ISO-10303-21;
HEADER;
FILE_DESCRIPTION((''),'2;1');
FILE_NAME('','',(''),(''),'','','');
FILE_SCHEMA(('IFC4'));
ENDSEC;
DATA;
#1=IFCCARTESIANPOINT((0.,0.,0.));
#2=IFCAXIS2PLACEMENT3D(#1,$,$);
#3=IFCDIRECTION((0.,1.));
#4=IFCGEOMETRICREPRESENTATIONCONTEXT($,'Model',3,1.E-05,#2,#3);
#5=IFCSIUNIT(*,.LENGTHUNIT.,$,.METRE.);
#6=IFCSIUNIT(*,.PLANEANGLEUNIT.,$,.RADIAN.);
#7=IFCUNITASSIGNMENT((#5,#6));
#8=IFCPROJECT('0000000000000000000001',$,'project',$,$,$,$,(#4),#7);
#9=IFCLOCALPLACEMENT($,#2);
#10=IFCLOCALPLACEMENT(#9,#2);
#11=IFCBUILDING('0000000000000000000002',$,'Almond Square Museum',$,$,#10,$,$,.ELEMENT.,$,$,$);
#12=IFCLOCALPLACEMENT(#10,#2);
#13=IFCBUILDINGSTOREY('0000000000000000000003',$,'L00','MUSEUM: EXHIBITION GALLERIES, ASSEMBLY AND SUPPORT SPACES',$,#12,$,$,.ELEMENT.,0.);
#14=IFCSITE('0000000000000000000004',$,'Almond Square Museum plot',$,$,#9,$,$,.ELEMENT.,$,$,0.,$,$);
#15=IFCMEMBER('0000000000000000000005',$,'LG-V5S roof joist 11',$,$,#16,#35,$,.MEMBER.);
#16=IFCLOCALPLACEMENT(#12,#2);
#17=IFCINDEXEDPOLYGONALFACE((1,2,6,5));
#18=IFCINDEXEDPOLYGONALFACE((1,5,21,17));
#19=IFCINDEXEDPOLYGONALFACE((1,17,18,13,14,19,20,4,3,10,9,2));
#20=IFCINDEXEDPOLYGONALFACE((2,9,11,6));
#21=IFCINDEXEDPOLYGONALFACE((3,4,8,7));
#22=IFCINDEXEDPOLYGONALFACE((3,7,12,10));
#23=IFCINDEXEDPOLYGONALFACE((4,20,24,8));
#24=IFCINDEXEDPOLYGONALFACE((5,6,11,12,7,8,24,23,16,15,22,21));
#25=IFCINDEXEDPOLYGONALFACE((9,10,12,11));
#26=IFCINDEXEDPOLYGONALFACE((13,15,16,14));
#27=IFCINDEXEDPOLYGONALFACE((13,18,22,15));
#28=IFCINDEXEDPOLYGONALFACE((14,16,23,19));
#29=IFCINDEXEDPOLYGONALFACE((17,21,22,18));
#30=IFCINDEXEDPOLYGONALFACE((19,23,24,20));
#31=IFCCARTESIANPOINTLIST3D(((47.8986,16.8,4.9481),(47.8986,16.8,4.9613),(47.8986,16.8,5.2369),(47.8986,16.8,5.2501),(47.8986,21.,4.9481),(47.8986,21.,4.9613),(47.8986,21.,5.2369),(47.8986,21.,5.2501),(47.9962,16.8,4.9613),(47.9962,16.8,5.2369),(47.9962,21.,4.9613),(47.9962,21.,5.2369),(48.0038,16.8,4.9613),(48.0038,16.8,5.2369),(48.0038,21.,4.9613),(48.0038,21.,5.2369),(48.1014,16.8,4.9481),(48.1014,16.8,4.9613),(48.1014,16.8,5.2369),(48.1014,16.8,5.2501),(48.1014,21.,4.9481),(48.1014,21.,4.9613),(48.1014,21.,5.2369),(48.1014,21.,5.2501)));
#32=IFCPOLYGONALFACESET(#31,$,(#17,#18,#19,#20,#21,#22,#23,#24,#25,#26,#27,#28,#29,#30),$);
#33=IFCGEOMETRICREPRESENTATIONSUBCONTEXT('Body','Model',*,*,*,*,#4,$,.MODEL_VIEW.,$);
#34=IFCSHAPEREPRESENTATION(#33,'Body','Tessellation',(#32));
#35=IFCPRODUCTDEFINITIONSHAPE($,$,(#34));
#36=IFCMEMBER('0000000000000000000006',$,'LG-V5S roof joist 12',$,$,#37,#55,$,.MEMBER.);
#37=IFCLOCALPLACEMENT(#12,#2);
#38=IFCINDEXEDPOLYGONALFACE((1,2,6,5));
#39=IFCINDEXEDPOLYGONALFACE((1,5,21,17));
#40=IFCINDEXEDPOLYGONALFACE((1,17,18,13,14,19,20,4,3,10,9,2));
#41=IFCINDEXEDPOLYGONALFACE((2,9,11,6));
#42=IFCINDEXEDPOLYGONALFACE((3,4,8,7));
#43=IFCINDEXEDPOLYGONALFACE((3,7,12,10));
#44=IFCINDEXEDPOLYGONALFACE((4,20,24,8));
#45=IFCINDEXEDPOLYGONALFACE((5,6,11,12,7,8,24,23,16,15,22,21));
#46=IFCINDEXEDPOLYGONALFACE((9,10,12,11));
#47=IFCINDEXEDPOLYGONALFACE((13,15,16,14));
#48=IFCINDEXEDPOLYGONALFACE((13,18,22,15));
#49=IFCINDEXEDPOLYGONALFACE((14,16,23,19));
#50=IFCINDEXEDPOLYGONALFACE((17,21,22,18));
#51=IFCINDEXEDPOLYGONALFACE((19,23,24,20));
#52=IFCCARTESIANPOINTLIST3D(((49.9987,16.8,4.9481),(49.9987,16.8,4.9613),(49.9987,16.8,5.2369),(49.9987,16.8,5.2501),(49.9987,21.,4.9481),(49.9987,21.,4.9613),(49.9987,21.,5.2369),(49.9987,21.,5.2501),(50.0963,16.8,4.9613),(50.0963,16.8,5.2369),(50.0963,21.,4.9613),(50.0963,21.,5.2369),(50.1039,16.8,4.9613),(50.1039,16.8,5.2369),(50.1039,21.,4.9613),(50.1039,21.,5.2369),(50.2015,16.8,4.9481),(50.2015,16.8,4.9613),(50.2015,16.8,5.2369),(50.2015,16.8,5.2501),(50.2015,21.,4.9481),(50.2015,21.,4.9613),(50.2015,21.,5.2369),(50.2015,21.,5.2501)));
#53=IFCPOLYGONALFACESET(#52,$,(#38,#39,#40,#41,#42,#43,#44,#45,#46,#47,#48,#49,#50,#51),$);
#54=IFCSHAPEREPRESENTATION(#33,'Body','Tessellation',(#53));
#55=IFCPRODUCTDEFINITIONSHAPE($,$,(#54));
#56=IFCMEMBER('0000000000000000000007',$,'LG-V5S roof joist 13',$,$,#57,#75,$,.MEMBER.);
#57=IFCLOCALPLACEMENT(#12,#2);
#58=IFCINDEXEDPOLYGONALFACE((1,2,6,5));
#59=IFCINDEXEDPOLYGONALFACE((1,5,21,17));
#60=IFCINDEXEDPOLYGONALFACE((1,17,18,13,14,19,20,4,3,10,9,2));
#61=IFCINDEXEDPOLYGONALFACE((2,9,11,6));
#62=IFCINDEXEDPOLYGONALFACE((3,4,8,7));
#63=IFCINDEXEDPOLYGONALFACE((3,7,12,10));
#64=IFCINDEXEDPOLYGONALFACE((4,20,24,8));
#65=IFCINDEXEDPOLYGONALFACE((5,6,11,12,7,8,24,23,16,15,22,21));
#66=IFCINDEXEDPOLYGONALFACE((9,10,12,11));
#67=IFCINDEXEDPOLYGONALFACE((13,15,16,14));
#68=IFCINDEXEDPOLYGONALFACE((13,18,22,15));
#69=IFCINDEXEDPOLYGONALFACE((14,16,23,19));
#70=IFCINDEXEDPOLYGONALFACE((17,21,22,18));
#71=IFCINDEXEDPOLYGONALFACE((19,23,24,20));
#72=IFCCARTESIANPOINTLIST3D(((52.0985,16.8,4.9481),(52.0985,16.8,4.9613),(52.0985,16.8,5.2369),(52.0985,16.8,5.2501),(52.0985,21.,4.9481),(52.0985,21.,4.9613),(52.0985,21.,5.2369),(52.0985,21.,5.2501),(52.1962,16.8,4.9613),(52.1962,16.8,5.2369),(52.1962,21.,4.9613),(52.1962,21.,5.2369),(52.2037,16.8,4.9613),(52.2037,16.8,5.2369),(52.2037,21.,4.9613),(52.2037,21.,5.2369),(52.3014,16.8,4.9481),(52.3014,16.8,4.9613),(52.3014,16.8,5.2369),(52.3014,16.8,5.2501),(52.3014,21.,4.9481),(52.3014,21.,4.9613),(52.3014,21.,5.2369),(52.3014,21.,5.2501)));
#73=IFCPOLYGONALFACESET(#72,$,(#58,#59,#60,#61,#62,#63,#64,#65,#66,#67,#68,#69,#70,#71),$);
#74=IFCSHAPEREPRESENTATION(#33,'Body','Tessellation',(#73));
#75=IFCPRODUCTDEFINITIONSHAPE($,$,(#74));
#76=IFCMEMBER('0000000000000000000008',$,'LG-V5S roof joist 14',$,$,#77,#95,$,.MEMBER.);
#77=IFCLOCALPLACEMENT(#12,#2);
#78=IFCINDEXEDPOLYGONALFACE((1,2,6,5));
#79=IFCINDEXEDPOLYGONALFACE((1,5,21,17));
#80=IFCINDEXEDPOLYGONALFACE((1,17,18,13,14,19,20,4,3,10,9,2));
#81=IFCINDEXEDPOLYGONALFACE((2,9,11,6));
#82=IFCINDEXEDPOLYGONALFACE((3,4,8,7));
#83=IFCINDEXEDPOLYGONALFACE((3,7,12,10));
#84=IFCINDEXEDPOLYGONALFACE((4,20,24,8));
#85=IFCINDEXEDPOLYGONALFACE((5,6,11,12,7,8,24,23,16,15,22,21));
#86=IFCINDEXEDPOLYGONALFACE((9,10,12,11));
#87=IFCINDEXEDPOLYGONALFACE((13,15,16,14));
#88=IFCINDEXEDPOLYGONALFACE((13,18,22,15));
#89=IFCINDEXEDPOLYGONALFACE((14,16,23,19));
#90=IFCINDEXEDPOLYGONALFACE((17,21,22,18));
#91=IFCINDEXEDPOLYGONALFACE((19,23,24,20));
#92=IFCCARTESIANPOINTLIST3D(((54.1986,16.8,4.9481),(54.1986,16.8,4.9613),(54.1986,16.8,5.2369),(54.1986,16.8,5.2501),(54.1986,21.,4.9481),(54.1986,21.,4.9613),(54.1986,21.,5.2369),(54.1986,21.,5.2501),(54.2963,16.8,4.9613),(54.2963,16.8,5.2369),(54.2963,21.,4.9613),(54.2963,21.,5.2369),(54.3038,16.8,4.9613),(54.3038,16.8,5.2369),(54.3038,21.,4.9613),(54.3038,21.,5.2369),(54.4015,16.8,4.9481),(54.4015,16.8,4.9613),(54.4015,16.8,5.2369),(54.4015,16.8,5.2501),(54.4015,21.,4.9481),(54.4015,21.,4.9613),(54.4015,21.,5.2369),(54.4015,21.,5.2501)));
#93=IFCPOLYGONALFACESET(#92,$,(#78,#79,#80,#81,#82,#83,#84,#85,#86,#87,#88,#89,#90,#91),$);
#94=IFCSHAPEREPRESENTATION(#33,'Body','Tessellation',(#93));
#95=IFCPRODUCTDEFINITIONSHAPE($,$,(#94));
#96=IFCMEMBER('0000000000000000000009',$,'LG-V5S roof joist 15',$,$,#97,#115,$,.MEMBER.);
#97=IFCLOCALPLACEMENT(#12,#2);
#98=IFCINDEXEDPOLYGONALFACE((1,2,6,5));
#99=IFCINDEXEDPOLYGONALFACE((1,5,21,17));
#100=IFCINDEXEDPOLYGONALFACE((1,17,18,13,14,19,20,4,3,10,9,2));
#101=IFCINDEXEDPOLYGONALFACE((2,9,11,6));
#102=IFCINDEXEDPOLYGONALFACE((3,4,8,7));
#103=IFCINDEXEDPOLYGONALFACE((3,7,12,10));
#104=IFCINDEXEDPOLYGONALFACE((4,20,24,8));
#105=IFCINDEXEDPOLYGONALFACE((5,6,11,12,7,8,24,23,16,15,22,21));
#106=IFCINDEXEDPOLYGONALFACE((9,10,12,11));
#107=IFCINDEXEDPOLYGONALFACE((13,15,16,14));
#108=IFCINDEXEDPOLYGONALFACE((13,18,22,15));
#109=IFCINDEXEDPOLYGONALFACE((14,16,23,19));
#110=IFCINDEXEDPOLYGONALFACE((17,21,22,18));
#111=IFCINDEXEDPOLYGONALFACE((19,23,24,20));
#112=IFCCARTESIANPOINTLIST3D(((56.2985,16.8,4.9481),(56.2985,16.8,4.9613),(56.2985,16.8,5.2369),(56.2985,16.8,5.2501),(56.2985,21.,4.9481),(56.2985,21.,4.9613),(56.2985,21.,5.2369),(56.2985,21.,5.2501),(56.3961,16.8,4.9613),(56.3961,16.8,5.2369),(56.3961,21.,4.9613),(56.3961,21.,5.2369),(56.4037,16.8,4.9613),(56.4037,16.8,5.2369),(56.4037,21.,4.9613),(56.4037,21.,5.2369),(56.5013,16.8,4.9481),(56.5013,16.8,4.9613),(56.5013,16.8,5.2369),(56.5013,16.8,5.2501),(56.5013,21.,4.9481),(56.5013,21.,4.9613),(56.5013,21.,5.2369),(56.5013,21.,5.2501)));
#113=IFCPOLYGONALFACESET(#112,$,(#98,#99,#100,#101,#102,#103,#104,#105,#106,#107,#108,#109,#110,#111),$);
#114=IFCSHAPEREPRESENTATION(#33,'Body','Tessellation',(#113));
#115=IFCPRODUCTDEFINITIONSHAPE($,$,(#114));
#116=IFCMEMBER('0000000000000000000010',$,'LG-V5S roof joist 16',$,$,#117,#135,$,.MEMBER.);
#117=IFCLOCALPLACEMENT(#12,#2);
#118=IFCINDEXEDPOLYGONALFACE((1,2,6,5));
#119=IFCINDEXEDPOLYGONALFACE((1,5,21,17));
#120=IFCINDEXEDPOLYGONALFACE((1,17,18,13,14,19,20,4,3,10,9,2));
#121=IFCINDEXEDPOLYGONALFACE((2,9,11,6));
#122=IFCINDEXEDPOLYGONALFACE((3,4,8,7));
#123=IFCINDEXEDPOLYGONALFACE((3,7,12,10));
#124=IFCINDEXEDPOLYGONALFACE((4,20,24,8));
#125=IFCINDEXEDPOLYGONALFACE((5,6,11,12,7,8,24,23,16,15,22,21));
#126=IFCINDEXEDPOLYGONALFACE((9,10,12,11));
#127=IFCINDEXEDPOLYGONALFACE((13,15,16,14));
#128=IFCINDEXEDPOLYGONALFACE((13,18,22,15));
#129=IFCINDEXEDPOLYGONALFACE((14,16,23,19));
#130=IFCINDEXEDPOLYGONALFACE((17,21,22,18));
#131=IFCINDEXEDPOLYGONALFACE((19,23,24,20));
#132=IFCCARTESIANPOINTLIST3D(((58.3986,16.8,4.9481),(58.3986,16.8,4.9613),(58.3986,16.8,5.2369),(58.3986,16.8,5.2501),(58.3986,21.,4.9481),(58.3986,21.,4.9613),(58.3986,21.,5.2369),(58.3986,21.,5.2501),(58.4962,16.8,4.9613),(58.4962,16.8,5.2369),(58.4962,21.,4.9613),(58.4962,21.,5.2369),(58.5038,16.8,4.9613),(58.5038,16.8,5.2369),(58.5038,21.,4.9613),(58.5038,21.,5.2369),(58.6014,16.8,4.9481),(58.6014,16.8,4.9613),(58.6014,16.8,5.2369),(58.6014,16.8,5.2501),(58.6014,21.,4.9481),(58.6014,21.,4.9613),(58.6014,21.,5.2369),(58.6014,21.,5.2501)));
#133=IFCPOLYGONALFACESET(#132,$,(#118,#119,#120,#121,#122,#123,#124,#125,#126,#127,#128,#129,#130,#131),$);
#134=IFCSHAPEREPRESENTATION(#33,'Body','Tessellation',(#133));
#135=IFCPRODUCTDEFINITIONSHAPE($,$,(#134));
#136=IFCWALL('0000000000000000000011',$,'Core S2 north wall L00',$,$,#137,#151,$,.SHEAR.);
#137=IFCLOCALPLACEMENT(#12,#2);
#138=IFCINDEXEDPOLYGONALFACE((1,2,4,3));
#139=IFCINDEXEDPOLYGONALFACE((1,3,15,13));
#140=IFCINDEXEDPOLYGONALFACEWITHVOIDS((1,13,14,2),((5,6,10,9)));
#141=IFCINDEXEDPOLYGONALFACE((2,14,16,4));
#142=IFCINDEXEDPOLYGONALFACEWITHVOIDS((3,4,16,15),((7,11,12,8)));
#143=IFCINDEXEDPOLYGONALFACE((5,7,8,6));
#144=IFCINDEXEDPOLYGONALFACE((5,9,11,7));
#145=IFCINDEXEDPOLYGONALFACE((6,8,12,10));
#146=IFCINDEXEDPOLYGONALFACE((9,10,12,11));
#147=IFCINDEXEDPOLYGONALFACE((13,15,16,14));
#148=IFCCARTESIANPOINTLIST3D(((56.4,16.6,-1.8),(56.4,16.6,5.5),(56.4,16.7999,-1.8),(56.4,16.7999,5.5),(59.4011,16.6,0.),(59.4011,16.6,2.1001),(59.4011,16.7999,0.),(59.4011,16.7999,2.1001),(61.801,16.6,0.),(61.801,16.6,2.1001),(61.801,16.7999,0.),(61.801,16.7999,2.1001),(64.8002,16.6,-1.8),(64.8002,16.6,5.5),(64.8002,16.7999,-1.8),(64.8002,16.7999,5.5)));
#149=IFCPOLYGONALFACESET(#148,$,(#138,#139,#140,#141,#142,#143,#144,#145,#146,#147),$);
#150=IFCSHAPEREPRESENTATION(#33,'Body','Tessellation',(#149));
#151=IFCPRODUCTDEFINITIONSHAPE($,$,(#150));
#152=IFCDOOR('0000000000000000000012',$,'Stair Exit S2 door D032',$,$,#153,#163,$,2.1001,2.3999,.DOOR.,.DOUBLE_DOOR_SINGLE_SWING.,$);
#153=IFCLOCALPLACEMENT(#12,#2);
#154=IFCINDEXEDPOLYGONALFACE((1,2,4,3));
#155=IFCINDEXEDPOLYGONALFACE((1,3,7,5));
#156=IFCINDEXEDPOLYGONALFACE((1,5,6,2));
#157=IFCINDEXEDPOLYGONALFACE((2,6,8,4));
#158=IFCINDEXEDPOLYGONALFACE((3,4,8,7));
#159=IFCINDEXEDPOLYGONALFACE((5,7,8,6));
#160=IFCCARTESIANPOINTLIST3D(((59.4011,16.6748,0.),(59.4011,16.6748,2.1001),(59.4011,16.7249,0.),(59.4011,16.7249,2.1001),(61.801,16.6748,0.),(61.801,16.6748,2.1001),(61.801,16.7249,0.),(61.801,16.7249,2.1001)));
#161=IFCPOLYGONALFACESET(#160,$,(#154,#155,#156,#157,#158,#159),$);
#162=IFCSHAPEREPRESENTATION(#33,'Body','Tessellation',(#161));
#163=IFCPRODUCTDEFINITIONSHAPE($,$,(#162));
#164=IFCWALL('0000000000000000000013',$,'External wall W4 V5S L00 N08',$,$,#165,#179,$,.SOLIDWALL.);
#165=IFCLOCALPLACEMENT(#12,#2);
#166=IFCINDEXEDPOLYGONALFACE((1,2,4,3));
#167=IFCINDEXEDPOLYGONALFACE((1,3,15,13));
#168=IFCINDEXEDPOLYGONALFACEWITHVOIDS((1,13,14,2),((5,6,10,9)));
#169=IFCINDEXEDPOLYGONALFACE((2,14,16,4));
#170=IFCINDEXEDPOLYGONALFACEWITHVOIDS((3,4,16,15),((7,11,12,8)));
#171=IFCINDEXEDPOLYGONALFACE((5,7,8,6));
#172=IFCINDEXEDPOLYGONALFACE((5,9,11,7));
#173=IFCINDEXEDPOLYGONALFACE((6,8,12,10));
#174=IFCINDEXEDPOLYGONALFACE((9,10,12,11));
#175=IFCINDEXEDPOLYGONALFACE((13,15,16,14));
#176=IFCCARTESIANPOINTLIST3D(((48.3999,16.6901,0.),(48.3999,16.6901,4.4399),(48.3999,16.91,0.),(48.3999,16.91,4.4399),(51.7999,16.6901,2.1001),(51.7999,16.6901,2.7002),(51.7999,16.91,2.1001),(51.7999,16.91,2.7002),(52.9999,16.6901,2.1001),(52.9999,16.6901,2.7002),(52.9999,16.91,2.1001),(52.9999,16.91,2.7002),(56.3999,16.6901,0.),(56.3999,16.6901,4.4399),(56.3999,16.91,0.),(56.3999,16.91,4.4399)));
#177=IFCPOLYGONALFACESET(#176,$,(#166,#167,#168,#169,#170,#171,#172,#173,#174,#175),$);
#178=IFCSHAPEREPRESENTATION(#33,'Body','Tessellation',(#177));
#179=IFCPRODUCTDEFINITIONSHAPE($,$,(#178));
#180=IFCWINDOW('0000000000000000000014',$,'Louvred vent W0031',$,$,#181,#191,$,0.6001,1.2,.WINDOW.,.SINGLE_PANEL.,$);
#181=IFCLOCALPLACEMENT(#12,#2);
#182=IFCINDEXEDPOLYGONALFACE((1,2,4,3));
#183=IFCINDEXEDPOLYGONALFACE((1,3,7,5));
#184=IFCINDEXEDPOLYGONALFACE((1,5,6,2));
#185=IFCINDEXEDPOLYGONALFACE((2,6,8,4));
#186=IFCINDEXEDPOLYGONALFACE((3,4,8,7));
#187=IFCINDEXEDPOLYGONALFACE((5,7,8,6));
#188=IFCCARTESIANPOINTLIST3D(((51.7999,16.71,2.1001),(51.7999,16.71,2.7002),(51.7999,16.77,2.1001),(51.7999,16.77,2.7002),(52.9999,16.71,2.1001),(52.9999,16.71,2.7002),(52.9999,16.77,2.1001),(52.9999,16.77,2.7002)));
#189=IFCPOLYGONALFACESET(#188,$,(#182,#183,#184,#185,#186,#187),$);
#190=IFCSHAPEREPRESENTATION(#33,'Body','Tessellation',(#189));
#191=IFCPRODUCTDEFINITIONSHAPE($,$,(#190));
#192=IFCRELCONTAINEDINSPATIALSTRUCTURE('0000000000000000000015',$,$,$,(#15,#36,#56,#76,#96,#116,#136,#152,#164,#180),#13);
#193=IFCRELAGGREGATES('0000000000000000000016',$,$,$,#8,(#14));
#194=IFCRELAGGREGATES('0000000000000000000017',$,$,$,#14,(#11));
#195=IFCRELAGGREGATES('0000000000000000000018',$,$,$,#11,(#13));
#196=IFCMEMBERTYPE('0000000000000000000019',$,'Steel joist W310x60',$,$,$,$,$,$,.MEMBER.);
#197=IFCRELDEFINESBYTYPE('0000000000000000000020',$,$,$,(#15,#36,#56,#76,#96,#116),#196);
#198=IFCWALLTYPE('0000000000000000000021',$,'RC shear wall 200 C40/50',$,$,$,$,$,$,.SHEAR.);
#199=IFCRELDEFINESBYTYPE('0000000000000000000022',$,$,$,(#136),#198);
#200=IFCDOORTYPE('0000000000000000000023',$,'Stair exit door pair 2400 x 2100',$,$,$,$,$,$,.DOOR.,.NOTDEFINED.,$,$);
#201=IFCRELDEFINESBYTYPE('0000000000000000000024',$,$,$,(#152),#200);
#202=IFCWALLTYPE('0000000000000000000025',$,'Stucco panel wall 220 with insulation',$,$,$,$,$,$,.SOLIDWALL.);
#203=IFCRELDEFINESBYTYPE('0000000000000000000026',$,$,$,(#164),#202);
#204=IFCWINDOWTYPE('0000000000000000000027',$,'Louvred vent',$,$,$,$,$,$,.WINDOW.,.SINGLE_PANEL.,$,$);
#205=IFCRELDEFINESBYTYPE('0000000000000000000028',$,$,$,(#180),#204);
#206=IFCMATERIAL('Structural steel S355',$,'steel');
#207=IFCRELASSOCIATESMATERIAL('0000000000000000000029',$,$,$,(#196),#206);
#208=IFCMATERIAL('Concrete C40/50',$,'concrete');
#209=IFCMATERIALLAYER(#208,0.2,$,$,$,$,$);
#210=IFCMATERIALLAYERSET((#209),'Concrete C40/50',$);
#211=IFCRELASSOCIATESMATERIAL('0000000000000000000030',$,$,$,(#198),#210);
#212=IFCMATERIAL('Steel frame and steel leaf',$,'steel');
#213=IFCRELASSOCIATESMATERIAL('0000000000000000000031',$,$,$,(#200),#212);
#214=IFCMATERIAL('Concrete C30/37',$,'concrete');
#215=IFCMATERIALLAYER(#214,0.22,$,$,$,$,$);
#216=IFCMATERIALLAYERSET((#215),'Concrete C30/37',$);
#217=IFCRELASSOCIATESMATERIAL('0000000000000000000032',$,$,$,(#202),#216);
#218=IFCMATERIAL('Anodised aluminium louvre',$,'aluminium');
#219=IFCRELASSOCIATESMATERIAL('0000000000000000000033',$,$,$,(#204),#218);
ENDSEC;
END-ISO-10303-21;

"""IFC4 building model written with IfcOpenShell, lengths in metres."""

from ifc_helpers import new_model, si_unit, direction, frame, frame_2d, origin, origin_2d, place, context, subcontext, project, spatial, rectangle, i_section, extrude, material, layer, layer_set, material_profile, profile_set, type_object, element, fill, save


model = new_model("IFC4")

# Units and contexts
model_context = context("Model", 3, precision=1e-05, world=origin(), true_north=direction((0.0, 1.0)))
body_context = subcontext(model_context, "Body", "Model", "MODEL_VIEW")
ifc_project = project(units=[si_unit("LENGTHUNIT", "METRE"), si_unit("PLANEANGLEUNIT", "RADIAN")], contexts=[model_context])

# Site, building, storey
site_placement = place(None, origin())
site = spatial("IfcSite", under=ifc_project, at=site_placement, Name="Almond Square Museum plot", CompositionType="ELEMENT", RefElevation=0.0)
building_placement = place(site_placement, origin())
building = spatial("IfcBuilding", under=site, at=building_placement, Name="Almond Square Museum", CompositionType="ELEMENT")
storey_placement = place(building_placement, origin())
storey = spatial("IfcBuildingStorey", under=building, at=storey_placement, Name="L00", Description="MUSEUM: EXHIBITION GALLERIES, ASSEMBLY AND SUPPORT SPACES", CompositionType="ELEMENT", Elevation=0.0)

# Members
ifc_material_1 = material(Name="Structural steel S355", Category="steel")
ifc_material_profile_1 = material_profile(ifc_material_1, i_section(OverallWidth=0.2029, OverallDepth=0.302, WebThickness=0.0076, FlangeThickness=0.0132, at=origin_2d()))
ifc_profile_set_1 = profile_set([ifc_material_profile_1], Name="Structural steel S355")
member_type = type_object("IfcMemberType", Name="Steel joist W310x60", PredefinedType="MEMBER", material=ifc_profile_set_1)
for number, where, z_axis, x_axis, name in (
    (1, (48.0, 16.8, 5.0991), (0.0, 1.0, 0.0), (-1.0, 0.0, 0.0), "LG-V5S roof joist 11"),
    (2, (50.1001, 16.8, 5.0991), (0.0, 1.0, 0.0), (-1.0, 0.0, 0.0), "LG-V5S roof joist 12"),
    (3, (52.2, 16.8, 5.0991), (0.0, 1.0, 0.0), (-1.0, 0.0, 0.0), "LG-V5S roof joist 13"),
    (4, (54.3, 16.8, 5.0991), (0.0, 1.0, 0.0), (-1.0, 0.0, 0.0), "LG-V5S roof joist 14"),
    (5, (56.3999, 16.8, 5.0991), (0.0, 1.0, 0.0), (-1.0, 0.0, 0.0), "LG-V5S roof joist 15"),
    (6, (58.5, 16.8, 5.0991), (0.0, 1.0, 0.0), (-1.0, 0.0, 0.0), "LG-V5S roof joist 16"),
):
    element("IfcMember", number, at=place(storey_placement, frame(where, z_axis=z_axis, x_axis=x_axis)), inside=storey, type_object=member_type, Name=name, PredefinedType="MEMBER", context=body_context, shape_type="SweptSolid", body=[
        extrude(i_section(OverallWidth=0.2029, OverallDepth=0.302, WebThickness=0.0076, FlangeThickness=0.0132, at=origin_2d()), origin(), (0.0, 0.0, 1.0), 4.2),
    ])

# Wall, opening, door
ifc_material_2 = material(Name="Concrete C40/50", Category="concrete")
ifc_layer_1 = layer(ifc_material_2, 0.2)
ifc_layer_set_1 = layer_set([ifc_layer_1], Name="Concrete C40/50")
wall_type_1 = type_object("IfcWallType", Name="RC shear wall 200 C40/50", PredefinedType="SHEAR", material=ifc_layer_set_1)
wall_1_placement = place(storey_placement, frame((56.3999, 16.7, -1.8), z_axis=(0.0, 0.0, 1.0), x_axis=(1.0, 0.0, 0.0)))
wall_1 = element("IfcWall", 7, at=wall_1_placement, inside=storey, type_object=wall_type_1, Name="Core S2 north wall L00", PredefinedType="SHEAR", context=body_context, shape_type="SweptSolid", body=[
    extrude(rectangle(XDim=8.4001, YDim=0.2, at=frame_2d((4.2002, 0.0))), origin(), (0.0, 0.0, 1.0), 7.3),
])
opening_1_placement = place(wall_1_placement, frame((3.0012, 0.0, 1.8)))
opening_1 = element("IfcOpeningElement", 8, at=opening_1_placement, cuts=wall_1, PredefinedType="OPENING", context=body_context, shape_type="SweptSolid", body=[
    extrude(rectangle(XDim=2.3999, YDim=2.1001, at=frame_2d((1.2, 1.05))), frame((0.0, 0.1099, 0.0), z_axis=(0.0, -1.0, 0.0), x_axis=(1.0, 0.0, 0.0)), (0.0, 0.0, 1.0), 0.22),
])
ifc_material_3 = material(Name="Steel frame and steel leaf", Category="steel")
door_type = type_object("IfcDoorType", Name="Stair exit door pair 2400 x 2100", OperationType="NOTDEFINED", PredefinedType="DOOR", material=ifc_material_3)
door_placement = place(opening_1_placement, origin())
door = element("IfcDoor", 9, at=door_placement, inside=storey, type_object=door_type, Name="Stair Exit S2 door D032", OperationType="DOUBLE_DOOR_SINGLE_SWING", OverallHeight=2.1001, OverallWidth=2.3999, PredefinedType="DOOR", context=body_context, shape_type="SweptSolid", body=[
    extrude(rectangle(XDim=2.3999, YDim=2.1001, at=frame_2d((1.2, 1.05))), frame((0.0, 0.0249, 0.0), z_axis=(0.0, -1.0, 0.0), x_axis=(1.0, 0.0, 0.0)), (0.0, 0.0, 1.0), 0.05),
])
fill(opening_1, door)

# Wall, opening, window
ifc_material_4 = material(Name="Concrete C30/37", Category="concrete")
ifc_layer_2 = layer(ifc_material_4, 0.22)
ifc_layer_set_2 = layer_set([ifc_layer_2], Name="Concrete C30/37")
wall_type_2 = type_object("IfcWallType", Name="Stucco panel wall 220 with insulation", PredefinedType="SOLIDWALL", material=ifc_layer_set_2)
wall_2_placement = place(storey_placement, frame((48.3999, 16.8, 0.0), z_axis=(0.0, 0.0, 1.0), x_axis=(1.0, 0.0, 0.0)))
wall_2 = element("IfcWall", 10, at=wall_2_placement, inside=storey, type_object=wall_type_2, Name="External wall W4 V5S L00 N08", PredefinedType="SOLIDWALL", context=body_context, shape_type="SweptSolid", body=[
    extrude(rectangle(XDim=8.0, YDim=0.22, at=frame_2d((4.0, 0.0))), origin(), (0.0, 0.0, 1.0), 4.4399),
])
opening_2_placement = place(wall_2_placement, frame((3.3999, 0.0, 2.1001)))
opening_2 = element("IfcOpeningElement", 11, at=opening_2_placement, cuts=wall_2, PredefinedType="OPENING", context=body_context, shape_type="SweptSolid", body=[
    extrude(rectangle(XDim=1.2, YDim=0.6001, at=frame_2d((0.6001, 0.3))), frame((0.0, 0.1199, 0.0), z_axis=(0.0, -1.0, 0.0), x_axis=(1.0, 0.0, 0.0)), (0.0, 0.0, 1.0), 0.24),
])
ifc_material_5 = material(Name="Anodised aluminium louvre", Category="aluminium")
window_type = type_object("IfcWindowType", Name="Louvred vent", PartitioningType="SINGLE_PANEL", PredefinedType="WINDOW", material=ifc_material_5)
window_placement = place(opening_2_placement, origin())
window = element("IfcWindow", 12, at=window_placement, inside=storey, type_object=window_type, Name="Louvred vent W0031", OverallHeight=0.6001, OverallWidth=1.2, PartitioningType="SINGLE_PANEL", PredefinedType="WINDOW", context=body_context, shape_type="SweptSolid", body=[
    extrude(rectangle(XDim=1.2, YDim=0.6001, at=frame_2d((0.6001, 0.3))), frame((0.0, -0.03, 0.0), z_axis=(0.0, -1.0, 0.0), x_axis=(1.0, 0.0, 0.0)), (0.0, 0.0, 1.0), 0.0601),
])
fill(opening_2, window)

save(model, "model.ifc")
